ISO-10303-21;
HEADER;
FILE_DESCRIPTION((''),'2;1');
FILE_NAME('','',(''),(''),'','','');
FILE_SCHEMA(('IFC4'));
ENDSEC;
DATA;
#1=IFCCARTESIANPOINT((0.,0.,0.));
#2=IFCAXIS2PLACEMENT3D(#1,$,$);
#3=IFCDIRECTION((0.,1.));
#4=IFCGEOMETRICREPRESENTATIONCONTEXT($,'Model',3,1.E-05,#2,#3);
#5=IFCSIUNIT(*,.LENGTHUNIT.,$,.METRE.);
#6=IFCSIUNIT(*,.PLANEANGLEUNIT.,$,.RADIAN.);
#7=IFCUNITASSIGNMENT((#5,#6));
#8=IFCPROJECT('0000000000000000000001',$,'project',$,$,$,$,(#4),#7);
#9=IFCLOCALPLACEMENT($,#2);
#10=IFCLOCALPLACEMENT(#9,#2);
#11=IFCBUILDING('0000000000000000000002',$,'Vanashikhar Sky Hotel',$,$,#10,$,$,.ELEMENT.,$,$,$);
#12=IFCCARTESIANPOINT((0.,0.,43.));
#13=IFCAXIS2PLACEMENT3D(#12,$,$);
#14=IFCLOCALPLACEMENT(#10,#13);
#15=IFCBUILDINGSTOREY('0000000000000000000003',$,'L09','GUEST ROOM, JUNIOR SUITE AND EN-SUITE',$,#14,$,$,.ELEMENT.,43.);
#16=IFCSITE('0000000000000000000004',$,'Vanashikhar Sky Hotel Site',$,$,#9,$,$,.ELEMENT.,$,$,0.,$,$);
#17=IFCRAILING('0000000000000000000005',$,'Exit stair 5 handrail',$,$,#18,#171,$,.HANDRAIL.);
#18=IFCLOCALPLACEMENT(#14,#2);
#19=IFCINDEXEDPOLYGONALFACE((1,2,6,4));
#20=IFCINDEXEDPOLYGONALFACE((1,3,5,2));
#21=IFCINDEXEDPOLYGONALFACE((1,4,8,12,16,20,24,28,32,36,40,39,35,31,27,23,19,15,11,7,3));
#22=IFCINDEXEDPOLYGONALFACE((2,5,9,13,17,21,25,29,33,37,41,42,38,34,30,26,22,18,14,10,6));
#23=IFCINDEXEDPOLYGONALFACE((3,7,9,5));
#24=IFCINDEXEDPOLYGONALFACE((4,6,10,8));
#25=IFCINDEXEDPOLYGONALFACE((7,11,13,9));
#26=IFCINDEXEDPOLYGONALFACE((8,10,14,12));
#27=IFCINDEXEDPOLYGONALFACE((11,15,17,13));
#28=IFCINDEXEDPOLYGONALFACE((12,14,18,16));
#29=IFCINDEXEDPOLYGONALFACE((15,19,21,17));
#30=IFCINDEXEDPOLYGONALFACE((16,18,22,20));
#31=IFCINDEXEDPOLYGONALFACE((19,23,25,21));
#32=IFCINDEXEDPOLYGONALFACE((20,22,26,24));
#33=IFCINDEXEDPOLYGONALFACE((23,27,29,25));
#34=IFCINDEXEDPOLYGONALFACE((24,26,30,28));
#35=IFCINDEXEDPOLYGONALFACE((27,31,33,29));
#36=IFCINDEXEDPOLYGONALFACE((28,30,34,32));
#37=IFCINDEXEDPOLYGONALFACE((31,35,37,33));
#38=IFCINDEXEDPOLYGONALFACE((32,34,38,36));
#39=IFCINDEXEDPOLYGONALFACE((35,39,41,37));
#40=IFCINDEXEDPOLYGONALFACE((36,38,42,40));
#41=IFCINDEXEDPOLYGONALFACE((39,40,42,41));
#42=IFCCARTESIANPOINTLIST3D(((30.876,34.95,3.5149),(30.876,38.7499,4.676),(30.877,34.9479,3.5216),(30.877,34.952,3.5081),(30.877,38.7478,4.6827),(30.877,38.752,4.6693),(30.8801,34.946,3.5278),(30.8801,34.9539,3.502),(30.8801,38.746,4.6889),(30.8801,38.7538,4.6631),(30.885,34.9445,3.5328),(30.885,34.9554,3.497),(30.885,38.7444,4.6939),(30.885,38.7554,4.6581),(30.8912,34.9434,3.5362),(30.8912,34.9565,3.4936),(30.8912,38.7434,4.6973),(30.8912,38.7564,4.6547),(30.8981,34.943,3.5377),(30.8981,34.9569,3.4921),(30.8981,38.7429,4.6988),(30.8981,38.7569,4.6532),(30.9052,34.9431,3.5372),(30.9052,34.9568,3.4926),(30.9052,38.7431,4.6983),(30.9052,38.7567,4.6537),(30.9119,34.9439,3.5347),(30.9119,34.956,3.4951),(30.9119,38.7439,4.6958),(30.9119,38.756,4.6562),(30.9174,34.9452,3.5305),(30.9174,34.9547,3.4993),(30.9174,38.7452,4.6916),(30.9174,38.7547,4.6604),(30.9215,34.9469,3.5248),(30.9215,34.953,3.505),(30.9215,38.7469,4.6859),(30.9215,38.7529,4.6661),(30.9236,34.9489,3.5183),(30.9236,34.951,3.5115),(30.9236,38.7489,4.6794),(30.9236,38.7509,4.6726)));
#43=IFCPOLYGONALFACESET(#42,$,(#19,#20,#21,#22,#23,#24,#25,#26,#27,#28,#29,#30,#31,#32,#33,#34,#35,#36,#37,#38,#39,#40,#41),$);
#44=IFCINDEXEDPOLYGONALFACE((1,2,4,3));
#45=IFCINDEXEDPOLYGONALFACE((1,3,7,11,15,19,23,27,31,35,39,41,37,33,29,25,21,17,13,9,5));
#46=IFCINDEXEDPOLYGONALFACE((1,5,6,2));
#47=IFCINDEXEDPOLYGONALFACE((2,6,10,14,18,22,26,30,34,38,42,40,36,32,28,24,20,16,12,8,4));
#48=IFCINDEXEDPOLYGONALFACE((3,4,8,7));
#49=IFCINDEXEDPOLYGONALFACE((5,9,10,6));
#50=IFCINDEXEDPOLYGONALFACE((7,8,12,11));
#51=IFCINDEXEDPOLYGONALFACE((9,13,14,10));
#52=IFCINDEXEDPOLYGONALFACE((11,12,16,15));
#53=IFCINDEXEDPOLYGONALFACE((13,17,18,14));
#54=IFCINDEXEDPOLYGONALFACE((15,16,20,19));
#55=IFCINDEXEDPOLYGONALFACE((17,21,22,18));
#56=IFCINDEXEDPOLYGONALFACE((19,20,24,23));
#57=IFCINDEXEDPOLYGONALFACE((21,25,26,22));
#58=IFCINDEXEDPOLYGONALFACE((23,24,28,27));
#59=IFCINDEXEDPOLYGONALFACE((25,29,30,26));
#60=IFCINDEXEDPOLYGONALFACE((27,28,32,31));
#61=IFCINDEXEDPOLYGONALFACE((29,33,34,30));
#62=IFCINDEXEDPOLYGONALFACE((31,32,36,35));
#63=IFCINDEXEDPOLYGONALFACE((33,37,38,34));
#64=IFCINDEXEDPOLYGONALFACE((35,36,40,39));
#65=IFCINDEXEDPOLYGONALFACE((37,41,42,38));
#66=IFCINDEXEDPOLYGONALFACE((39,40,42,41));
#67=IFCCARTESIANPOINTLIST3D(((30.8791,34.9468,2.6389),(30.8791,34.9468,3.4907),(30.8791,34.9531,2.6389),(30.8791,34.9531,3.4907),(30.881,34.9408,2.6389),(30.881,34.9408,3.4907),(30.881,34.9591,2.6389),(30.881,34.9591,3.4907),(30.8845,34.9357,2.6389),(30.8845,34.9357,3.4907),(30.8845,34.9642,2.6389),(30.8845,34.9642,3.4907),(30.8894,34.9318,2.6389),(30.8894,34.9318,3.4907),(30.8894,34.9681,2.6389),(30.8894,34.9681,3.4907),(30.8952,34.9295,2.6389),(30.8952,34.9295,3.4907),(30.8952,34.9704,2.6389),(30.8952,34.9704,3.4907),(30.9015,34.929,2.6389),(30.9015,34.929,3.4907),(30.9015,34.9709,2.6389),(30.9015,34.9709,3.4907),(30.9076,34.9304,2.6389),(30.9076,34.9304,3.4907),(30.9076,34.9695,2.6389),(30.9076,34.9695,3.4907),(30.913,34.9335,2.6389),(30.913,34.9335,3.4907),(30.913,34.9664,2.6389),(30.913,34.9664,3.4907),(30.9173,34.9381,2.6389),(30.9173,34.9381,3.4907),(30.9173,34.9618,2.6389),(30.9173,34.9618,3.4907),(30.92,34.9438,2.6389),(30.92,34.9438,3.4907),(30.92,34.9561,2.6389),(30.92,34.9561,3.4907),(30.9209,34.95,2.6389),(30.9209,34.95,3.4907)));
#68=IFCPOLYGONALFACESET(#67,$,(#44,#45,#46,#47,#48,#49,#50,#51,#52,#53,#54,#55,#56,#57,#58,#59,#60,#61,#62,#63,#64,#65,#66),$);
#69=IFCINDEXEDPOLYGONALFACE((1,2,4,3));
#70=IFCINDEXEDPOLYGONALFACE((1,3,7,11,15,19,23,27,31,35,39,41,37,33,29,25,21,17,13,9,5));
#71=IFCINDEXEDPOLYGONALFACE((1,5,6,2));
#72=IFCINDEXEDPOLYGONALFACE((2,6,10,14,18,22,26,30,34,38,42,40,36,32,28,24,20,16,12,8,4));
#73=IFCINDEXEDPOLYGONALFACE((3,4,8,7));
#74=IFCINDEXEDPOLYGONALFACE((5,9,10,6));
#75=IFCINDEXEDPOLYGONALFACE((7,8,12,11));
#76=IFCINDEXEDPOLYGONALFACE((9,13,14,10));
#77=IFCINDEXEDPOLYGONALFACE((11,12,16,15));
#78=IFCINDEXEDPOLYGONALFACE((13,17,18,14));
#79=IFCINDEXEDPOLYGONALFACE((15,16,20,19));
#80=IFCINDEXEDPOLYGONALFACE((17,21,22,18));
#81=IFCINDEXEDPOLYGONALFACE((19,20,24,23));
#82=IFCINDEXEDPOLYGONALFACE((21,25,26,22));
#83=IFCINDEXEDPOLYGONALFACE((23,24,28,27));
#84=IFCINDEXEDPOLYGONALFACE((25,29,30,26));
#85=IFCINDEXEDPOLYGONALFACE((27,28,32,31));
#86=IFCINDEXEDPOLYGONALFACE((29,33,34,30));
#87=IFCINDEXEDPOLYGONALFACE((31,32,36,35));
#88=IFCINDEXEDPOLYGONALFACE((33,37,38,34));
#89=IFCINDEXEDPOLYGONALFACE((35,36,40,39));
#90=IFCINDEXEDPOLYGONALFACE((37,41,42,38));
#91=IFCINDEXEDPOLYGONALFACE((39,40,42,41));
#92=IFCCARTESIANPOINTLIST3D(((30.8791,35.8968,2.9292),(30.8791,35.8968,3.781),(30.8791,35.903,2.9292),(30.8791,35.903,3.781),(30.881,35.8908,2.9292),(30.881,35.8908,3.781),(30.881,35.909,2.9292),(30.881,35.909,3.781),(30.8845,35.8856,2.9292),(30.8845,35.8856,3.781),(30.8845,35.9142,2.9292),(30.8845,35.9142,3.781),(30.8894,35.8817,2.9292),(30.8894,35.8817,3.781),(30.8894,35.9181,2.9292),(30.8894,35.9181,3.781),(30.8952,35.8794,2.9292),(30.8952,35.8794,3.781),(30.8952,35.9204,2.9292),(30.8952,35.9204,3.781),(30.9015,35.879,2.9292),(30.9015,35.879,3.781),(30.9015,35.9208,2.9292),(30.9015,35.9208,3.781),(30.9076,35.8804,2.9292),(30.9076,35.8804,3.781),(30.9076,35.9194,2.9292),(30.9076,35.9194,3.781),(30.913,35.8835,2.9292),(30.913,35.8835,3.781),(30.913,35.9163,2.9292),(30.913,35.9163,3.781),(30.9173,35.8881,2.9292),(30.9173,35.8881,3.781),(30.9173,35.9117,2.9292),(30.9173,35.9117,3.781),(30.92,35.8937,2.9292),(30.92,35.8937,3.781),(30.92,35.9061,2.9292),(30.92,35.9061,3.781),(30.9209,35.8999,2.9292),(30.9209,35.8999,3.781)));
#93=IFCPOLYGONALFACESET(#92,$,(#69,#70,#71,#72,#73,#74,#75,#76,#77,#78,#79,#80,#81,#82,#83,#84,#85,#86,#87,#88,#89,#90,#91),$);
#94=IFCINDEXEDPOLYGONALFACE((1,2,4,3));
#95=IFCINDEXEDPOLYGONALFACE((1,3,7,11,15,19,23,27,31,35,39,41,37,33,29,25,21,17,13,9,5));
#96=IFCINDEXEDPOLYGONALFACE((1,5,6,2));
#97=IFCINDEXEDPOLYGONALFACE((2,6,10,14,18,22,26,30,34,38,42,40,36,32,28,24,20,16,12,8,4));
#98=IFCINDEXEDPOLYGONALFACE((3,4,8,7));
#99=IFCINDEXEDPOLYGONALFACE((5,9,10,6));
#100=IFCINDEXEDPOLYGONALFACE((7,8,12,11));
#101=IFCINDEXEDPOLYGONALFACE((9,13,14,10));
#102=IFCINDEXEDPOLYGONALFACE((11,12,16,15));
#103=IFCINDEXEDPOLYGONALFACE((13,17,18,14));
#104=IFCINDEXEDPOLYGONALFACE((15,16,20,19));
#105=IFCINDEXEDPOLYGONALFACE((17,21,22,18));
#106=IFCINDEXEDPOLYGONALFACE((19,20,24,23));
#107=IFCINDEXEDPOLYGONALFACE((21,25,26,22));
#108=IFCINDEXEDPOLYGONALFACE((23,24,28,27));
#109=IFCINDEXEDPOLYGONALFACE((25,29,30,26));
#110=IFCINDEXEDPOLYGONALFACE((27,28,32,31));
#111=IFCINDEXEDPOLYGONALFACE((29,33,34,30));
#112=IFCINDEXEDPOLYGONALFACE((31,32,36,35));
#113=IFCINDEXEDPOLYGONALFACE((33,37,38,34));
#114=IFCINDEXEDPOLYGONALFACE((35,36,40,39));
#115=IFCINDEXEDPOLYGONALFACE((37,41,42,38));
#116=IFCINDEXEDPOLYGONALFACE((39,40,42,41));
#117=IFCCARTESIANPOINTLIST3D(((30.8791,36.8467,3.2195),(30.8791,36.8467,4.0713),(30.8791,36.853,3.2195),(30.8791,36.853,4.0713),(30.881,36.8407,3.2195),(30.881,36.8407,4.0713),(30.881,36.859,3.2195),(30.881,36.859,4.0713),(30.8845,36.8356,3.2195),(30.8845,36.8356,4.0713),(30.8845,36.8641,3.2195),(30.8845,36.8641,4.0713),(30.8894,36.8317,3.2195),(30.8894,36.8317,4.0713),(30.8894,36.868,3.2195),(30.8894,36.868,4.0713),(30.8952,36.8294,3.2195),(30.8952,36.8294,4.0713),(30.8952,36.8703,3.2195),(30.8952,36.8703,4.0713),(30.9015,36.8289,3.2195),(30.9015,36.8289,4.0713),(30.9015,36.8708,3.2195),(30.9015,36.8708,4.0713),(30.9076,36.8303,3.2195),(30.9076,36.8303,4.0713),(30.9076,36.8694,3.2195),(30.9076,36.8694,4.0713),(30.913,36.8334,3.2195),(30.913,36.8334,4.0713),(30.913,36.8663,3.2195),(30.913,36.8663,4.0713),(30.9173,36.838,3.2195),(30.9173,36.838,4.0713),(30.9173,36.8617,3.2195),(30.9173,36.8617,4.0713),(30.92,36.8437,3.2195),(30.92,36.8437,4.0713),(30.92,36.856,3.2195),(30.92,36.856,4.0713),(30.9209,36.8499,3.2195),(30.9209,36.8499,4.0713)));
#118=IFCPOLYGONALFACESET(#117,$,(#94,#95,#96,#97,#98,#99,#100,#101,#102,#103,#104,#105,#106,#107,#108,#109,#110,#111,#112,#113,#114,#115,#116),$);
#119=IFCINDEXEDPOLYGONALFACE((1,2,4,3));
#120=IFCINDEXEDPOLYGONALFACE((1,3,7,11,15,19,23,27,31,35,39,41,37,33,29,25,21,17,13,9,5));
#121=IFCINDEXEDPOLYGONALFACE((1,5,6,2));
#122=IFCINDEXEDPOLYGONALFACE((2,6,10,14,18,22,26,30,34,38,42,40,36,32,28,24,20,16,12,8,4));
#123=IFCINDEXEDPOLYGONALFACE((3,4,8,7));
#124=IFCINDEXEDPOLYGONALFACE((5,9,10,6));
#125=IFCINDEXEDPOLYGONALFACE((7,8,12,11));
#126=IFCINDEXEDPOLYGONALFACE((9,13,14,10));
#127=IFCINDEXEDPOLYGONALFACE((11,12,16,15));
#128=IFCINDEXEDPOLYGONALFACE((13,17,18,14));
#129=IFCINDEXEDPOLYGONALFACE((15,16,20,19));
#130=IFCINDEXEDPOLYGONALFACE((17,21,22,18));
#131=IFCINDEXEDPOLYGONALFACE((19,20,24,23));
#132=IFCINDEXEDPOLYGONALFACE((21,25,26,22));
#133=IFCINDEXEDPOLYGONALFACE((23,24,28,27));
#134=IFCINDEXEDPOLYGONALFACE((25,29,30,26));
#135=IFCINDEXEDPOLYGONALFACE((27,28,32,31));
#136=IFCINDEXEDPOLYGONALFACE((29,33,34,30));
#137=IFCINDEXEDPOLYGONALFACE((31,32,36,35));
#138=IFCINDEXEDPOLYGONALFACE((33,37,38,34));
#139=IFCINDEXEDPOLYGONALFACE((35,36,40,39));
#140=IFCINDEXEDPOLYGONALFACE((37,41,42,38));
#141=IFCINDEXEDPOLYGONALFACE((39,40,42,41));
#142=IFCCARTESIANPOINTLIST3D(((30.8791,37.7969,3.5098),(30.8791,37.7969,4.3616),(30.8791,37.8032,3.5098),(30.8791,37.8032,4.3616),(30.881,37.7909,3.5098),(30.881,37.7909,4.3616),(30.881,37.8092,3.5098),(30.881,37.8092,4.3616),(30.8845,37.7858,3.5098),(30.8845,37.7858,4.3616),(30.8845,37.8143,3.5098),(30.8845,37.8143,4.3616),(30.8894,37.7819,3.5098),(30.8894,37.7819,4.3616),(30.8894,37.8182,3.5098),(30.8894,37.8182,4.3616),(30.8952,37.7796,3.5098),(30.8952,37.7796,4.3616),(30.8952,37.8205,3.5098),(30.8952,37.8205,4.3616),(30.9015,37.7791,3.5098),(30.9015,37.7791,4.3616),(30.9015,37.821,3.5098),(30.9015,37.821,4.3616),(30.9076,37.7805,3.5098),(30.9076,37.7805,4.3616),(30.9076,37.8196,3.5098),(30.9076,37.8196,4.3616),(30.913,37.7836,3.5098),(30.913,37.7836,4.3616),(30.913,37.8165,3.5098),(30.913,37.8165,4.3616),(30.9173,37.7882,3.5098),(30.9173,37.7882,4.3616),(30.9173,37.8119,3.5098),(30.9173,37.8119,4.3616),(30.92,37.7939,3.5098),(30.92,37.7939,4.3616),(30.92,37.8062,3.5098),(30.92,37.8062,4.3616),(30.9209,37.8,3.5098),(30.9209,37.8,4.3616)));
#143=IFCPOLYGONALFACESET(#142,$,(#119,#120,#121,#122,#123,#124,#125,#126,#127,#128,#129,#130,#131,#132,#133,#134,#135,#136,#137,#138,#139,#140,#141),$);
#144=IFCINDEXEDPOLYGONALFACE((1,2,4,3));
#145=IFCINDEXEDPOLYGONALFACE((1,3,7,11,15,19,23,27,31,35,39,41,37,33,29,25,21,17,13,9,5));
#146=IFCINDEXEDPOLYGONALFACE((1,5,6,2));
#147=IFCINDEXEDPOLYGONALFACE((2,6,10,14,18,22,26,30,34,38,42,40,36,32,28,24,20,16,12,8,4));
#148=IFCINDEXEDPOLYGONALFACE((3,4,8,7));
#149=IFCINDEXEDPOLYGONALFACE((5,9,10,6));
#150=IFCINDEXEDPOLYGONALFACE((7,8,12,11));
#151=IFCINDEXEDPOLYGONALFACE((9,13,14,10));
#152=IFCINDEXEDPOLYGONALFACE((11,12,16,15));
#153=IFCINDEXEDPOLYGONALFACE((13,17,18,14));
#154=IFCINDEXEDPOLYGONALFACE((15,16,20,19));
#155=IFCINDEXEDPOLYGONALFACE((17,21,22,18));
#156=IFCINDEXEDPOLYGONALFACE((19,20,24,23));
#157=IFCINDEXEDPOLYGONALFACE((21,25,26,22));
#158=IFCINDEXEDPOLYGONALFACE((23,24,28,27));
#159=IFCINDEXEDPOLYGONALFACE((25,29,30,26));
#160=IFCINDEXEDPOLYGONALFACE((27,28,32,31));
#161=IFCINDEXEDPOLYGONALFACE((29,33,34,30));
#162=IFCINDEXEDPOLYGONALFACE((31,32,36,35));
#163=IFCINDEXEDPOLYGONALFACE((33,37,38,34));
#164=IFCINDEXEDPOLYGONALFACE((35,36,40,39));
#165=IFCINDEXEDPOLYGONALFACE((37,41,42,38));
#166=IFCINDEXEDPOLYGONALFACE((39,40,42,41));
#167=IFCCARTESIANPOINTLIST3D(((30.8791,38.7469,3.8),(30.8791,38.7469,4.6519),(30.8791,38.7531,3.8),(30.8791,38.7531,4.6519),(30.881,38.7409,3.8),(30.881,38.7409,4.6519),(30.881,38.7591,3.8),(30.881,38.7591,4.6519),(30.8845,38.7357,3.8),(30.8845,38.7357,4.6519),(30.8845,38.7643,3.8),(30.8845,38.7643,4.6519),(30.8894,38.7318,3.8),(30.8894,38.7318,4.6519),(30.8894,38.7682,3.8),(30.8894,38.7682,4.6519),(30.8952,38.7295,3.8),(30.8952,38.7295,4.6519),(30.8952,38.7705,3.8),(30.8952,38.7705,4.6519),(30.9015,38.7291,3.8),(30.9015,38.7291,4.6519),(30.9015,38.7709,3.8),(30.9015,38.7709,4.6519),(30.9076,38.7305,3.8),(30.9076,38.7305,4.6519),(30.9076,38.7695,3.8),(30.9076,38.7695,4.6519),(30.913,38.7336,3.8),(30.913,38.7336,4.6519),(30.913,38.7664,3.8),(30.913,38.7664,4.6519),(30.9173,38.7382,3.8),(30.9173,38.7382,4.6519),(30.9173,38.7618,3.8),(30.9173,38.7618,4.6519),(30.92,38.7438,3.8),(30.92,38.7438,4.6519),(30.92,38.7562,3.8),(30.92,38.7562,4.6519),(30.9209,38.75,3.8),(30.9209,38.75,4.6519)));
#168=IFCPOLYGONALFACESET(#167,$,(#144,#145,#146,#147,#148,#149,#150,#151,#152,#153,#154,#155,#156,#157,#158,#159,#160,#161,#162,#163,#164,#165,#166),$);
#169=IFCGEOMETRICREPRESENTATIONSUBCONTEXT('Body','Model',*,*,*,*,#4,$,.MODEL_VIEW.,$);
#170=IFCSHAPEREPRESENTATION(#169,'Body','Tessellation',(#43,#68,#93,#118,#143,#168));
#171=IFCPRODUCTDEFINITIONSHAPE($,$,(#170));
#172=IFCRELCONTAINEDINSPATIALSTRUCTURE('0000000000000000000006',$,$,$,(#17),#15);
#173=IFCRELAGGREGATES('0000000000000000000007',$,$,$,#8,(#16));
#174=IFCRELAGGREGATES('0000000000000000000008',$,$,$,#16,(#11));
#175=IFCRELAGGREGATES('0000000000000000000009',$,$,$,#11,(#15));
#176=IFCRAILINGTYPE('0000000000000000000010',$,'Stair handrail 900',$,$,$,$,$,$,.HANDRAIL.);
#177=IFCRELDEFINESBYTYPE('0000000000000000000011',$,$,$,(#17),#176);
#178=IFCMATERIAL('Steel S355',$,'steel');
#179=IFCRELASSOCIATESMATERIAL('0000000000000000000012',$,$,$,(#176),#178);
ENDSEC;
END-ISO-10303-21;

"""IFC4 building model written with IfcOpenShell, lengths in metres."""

from ifc_helpers import new_model, si_unit, direction, frame, origin, origin_2d, place, context, subcontext, project, spatial, circle, extrude, source, transform, mapped, material, type_object, element, save


model = new_model("IFC4")

# Units and contexts
model_context = context("Model", 3, precision=1e-05, world=origin(), true_north=direction((0.0, 1.0)))
body_context = subcontext(model_context, "Body", "Model", "MODEL_VIEW")
ifc_project = project(units=[si_unit("LENGTHUNIT", "METRE"), si_unit("PLANEANGLEUNIT", "RADIAN")], contexts=[model_context])

# Site, building, storey
site_placement = place(None, origin())
site = spatial("IfcSite", under=ifc_project, at=site_placement, Name="Vanashikhar Sky Hotel Site", CompositionType="ELEMENT", RefElevation=0.0)
building_placement = place(site_placement, origin())
building = spatial("IfcBuilding", under=site, at=building_placement, Name="Vanashikhar Sky Hotel", CompositionType="ELEMENT")
storey_placement = place(building_placement, frame((0.0, 0.0, 43.0)))
storey = spatial("IfcBuildingStorey", under=building, at=storey_placement, Name="L09", Description="GUEST ROOM, JUNIOR SUITE AND EN-SUITE", CompositionType="ELEMENT", Elevation=43.0)

# Railing
ifc_material_1 = material(Name="Steel S355", Category="steel")
railing_type_1 = type_object("IfcRailingType", Name="Stair handrail 900", PredefinedType="HANDRAIL", material=ifc_material_1)
shared_shape_1 = source(origin(), body_context, "Body", "SweptSolid", [
    extrude(circle(Radius=0.0239, at=origin_2d()), frame((0.0, 0.0, 0.876), z_axis=(0.0, 0.956351, 0.29222), x_axis=(-1.0, 0.0, 0.0)), (0.0, 0.0, 1.0), 3.9734),
    extrude(circle(Radius=0.021, at=origin_2d()), origin(), (0.0, 0.0, 1.0), 0.8518),
    extrude(circle(Radius=0.021, at=origin_2d()), frame((0.0, 0.95, 0.2903)), (0.0, 0.0, 1.0), 0.8518),
    extrude(circle(Radius=0.021, at=origin_2d()), frame((0.0, 1.8999, 0.5806)), (0.0, 0.0, 1.0), 0.8518),
    extrude(circle(Radius=0.021, at=origin_2d()), frame((0.0, 2.8501, 0.8708)), (0.0, 0.0, 1.0), 0.8518),
    extrude(circle(Radius=0.021, at=origin_2d()), frame((0.0, 3.8, 1.1611)), (0.0, 0.0, 1.0), 0.8518),
])
for number, where, name in (
    (1, (30.8999, 34.95, 2.6389), "Exit stair 5 handrail"),
):
    element("IfcRailing", number, at=place(storey_placement, frame(where)), inside=storey, type_object=railing_type_1, Name=name, PredefinedType="HANDRAIL", context=body_context, shape_type="MappedRepresentation", body=[
        mapped(shared_shape_1, transform((0.0, 0.0, 0.0), scale=1.0)),
    ])

save(model, "model.ifc")
